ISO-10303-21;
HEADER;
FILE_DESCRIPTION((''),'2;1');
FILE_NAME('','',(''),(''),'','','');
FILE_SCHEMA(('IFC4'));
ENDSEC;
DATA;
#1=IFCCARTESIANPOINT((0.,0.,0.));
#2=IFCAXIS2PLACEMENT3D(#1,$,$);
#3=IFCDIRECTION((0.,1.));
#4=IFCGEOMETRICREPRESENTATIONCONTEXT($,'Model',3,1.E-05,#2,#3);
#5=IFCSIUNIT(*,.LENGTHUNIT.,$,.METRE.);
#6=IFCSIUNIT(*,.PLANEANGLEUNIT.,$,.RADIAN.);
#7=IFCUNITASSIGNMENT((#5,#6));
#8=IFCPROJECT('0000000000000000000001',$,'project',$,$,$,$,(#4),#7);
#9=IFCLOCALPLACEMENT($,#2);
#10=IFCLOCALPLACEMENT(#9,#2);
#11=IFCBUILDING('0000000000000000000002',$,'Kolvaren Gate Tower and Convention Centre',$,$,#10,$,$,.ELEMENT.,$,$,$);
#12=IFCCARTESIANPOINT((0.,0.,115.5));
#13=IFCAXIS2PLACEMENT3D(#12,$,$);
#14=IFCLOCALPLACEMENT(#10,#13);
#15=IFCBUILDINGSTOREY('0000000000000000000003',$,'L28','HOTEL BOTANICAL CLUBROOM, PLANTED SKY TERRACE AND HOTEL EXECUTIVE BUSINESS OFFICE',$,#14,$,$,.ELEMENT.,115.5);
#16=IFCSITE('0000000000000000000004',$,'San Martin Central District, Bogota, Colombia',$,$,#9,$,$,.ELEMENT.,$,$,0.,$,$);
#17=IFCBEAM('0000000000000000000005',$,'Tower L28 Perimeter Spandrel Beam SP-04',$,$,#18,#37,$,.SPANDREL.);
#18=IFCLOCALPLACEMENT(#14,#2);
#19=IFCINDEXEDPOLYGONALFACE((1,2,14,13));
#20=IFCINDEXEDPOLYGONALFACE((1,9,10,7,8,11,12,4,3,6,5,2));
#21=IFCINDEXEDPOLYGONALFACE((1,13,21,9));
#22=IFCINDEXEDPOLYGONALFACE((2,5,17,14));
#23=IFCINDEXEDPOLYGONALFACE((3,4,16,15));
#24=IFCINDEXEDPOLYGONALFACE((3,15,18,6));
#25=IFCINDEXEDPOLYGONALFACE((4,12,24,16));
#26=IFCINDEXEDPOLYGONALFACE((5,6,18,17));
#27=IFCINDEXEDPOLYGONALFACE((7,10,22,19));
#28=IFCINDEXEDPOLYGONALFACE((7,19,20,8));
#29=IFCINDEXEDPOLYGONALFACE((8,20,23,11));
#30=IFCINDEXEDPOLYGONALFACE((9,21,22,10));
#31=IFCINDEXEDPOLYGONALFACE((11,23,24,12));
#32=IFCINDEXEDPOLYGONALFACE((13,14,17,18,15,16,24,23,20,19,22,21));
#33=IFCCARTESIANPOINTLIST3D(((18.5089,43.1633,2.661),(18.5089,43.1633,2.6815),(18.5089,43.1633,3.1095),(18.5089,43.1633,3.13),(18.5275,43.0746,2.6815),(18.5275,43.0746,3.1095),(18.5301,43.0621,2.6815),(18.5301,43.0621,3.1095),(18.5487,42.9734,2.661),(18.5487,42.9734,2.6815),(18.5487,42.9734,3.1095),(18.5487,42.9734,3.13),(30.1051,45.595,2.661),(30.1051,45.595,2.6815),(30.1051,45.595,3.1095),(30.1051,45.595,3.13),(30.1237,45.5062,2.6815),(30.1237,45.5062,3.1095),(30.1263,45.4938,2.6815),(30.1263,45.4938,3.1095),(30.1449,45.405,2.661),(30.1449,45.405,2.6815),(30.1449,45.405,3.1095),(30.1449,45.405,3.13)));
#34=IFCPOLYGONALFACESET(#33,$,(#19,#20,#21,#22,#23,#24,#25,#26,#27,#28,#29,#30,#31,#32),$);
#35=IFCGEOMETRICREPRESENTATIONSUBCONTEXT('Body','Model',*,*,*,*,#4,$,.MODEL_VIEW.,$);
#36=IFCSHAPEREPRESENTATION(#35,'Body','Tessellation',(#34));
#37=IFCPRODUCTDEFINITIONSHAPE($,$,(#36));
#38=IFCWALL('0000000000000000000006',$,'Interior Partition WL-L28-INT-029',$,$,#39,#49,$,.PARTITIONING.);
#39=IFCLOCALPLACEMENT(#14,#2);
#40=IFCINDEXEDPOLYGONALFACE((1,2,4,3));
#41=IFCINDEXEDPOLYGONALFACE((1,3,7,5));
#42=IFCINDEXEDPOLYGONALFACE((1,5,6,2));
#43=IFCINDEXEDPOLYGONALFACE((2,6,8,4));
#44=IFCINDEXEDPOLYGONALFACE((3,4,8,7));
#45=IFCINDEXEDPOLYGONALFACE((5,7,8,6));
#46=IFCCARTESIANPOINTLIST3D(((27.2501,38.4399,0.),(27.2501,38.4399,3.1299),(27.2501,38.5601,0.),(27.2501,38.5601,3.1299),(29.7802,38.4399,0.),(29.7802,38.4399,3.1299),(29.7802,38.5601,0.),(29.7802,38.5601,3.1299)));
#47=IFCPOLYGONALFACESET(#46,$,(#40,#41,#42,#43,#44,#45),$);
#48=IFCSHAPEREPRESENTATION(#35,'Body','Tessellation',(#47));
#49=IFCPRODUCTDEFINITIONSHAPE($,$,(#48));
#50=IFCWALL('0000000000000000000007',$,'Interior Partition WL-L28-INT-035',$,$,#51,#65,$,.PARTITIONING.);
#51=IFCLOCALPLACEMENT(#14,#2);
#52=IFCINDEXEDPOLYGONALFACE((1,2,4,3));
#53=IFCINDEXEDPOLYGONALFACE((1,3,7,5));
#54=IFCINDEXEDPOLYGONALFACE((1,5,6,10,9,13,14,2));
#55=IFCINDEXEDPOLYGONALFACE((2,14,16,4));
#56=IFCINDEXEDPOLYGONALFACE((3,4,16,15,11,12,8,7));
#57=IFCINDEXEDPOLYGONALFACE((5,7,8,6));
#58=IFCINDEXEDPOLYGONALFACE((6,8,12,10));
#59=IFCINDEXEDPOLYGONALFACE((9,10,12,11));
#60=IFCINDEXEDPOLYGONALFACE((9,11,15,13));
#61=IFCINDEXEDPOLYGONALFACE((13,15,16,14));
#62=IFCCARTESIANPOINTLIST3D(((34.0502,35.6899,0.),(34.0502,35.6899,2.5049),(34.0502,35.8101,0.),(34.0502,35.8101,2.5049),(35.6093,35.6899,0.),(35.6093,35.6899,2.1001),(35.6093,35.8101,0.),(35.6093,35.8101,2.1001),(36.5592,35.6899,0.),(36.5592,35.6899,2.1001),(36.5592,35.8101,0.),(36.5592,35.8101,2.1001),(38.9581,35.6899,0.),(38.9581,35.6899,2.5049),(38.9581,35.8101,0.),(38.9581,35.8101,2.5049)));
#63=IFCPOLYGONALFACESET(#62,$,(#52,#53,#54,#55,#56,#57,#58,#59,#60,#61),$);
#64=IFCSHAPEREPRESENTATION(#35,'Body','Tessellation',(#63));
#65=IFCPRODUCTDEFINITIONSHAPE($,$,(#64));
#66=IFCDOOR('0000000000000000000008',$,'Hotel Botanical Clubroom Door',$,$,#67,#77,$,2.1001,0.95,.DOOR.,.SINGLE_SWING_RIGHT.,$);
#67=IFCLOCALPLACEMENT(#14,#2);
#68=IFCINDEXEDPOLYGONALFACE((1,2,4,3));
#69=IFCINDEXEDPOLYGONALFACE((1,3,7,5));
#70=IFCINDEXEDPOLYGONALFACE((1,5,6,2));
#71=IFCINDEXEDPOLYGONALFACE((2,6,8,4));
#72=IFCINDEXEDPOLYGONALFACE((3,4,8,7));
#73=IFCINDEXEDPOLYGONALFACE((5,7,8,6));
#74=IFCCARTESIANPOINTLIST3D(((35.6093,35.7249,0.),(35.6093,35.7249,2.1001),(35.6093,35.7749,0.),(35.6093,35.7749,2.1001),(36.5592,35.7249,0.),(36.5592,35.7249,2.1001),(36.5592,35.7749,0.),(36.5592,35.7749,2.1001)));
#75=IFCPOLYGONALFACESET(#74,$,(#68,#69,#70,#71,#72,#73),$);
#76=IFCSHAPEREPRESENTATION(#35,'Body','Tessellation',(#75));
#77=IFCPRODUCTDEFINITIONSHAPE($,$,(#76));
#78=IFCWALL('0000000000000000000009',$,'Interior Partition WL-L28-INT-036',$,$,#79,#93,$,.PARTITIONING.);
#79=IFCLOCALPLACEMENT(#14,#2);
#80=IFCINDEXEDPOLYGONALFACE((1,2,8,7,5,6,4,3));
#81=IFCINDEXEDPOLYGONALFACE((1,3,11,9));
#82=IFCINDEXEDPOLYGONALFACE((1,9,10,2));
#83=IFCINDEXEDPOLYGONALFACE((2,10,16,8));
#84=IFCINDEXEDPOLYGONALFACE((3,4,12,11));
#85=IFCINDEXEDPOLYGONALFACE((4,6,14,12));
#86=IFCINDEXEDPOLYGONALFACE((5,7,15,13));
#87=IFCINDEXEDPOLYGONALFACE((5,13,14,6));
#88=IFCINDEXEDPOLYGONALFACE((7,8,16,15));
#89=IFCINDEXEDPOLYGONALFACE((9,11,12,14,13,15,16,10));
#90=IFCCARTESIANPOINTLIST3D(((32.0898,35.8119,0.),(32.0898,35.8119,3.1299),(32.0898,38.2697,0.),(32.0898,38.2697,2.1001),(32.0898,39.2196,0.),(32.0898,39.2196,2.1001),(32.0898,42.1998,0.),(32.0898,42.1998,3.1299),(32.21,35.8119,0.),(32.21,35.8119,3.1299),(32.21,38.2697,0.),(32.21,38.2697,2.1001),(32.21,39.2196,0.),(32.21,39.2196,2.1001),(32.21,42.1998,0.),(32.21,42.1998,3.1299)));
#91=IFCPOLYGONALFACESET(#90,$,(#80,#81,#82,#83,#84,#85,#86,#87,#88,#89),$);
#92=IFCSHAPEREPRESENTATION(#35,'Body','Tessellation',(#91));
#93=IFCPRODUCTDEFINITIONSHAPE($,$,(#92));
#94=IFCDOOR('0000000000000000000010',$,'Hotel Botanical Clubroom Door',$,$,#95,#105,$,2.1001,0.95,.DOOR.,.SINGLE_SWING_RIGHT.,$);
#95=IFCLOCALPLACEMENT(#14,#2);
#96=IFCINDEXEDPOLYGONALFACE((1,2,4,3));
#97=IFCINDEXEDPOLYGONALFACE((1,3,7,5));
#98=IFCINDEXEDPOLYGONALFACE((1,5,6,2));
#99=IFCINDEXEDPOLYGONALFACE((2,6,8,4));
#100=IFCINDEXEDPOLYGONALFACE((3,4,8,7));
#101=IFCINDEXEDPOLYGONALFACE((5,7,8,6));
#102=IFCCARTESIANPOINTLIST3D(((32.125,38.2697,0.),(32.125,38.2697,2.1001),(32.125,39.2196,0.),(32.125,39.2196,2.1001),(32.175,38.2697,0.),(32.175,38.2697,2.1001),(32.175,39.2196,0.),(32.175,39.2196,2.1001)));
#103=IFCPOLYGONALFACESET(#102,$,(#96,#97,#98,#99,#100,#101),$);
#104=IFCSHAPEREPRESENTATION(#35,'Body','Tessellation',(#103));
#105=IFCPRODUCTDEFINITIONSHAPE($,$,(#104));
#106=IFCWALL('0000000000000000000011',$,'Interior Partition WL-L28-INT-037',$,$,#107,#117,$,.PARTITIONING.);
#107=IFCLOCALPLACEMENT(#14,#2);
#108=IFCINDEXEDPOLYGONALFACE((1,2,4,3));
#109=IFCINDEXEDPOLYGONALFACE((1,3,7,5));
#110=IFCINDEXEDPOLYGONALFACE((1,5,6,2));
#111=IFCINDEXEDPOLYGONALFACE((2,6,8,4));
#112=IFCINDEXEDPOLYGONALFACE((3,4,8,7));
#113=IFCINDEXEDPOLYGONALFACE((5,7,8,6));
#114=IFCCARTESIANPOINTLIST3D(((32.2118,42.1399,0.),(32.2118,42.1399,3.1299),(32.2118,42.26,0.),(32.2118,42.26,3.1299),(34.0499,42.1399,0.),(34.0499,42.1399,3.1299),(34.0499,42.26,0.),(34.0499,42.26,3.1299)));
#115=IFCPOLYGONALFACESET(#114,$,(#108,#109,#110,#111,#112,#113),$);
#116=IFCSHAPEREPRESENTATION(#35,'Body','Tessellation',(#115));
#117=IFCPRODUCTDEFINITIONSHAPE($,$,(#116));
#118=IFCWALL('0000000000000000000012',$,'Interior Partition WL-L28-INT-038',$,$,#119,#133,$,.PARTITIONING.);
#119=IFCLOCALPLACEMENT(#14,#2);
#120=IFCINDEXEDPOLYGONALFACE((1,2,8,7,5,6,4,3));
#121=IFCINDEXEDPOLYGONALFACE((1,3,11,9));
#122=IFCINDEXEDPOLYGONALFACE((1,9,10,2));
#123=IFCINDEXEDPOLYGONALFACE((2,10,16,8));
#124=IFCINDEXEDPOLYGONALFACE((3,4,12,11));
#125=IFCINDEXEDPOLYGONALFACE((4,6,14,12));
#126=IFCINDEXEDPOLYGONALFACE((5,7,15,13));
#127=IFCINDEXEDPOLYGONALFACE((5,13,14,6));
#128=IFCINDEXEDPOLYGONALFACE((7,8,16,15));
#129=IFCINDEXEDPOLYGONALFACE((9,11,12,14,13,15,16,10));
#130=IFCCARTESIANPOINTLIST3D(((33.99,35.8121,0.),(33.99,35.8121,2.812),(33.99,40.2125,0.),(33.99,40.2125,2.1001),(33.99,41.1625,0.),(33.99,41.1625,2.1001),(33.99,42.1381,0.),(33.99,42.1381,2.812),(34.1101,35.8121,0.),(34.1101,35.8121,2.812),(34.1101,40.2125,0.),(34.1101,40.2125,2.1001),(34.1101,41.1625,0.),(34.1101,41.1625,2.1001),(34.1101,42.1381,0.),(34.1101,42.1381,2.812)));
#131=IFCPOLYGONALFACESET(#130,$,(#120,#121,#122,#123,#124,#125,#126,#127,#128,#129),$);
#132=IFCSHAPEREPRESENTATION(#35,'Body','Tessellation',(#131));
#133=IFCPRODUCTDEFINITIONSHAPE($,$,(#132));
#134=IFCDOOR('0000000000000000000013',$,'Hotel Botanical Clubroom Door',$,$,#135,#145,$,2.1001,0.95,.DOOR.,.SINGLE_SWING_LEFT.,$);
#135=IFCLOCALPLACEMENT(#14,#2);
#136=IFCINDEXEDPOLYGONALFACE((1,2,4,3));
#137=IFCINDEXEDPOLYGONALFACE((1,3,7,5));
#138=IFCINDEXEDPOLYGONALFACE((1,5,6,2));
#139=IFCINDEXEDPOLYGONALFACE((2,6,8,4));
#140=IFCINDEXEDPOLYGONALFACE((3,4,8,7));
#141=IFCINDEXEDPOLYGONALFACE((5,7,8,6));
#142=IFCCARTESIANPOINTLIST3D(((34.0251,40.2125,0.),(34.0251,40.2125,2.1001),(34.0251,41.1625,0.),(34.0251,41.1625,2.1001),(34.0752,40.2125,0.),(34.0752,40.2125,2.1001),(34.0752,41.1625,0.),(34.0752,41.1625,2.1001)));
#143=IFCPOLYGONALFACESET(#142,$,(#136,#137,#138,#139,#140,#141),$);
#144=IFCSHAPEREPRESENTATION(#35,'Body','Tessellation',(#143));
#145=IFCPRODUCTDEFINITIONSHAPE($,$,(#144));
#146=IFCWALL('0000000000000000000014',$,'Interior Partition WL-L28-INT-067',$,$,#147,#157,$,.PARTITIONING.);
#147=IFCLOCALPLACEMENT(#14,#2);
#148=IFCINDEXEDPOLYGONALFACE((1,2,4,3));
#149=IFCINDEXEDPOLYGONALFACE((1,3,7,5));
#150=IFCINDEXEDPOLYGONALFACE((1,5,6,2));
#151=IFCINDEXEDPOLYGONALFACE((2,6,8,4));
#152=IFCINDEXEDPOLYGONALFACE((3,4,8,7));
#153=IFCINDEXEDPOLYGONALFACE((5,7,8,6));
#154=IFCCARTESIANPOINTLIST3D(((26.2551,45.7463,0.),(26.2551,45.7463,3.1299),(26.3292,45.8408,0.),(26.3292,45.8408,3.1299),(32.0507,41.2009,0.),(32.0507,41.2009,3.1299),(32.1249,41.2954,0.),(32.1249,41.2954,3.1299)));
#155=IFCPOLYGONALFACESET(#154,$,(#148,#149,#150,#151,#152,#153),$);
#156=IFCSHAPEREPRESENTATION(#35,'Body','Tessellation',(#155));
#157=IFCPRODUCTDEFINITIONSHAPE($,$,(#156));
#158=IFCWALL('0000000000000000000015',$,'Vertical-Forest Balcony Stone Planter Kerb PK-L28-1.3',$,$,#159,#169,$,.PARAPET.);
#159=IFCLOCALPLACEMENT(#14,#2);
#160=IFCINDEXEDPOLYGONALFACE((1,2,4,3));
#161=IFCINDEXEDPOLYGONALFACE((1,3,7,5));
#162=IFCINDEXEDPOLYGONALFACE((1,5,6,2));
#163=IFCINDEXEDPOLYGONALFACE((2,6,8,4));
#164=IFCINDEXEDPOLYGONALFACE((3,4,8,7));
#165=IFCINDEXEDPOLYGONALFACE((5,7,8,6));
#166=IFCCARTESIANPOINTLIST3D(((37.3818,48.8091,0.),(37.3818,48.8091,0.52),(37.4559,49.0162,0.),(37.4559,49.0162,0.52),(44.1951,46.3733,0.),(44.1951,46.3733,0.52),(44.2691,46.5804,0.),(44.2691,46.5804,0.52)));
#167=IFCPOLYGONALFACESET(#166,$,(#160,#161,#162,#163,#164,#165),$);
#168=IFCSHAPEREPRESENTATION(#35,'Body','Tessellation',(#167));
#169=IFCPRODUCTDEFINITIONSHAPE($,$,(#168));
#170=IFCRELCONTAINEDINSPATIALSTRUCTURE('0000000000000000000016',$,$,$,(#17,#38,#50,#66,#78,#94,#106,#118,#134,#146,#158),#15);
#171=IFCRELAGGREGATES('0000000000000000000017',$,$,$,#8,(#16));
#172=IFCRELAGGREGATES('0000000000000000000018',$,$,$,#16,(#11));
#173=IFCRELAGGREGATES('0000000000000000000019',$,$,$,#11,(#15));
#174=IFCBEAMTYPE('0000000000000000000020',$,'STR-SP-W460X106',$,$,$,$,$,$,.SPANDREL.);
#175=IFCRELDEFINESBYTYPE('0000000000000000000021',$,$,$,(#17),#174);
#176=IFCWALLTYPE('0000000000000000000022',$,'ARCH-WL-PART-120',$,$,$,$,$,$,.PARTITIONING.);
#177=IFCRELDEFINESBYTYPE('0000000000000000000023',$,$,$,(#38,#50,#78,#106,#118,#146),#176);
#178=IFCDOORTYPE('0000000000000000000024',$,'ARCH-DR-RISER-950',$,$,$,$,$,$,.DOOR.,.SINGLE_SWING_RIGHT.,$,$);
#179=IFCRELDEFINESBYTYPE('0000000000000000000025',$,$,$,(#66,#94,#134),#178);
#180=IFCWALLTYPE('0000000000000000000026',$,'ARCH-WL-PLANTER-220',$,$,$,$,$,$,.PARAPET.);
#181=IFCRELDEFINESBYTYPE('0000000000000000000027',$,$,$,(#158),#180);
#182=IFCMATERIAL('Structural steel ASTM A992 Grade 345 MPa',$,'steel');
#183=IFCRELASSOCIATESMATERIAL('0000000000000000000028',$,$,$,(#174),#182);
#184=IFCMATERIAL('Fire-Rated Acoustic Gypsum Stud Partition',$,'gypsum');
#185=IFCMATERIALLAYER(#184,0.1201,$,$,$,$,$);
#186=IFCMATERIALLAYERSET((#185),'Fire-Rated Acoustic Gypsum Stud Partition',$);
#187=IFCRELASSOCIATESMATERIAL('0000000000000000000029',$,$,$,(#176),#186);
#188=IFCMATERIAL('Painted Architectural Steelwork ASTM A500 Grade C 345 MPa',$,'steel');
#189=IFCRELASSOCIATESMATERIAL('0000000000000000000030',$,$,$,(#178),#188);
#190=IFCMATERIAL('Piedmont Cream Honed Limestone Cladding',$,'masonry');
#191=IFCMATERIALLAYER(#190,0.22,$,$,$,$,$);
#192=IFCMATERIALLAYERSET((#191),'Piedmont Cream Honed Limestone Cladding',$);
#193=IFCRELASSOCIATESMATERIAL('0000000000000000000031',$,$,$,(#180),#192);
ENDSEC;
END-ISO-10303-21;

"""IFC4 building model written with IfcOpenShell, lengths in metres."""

from ifc_helpers import new_model, si_unit, direction, frame, frame_2d, origin, origin_2d, place, context, subcontext, project, spatial, rectangle, i_section, extrude, material, layer, layer_set, material_profile, profile_set, type_object, element, fill, save


model = new_model("IFC4")

# Units and contexts
model_context = context("Model", 3, precision=1e-05, world=origin(), true_north=direction((0.0, 1.0)))
body_context = subcontext(model_context, "Body", "Model", "MODEL_VIEW")
ifc_project = project(units=[si_unit("LENGTHUNIT", "METRE"), si_unit("PLANEANGLEUNIT", "RADIAN")], contexts=[model_context])

# Site, building, storey
site_placement = place(None, origin())
site = spatial("IfcSite", under=ifc_project, at=site_placement, Name="San Martin Central District, Bogota, Colombia", CompositionType="ELEMENT", RefElevation=0.0)
building_placement = place(site_placement, origin())
building = spatial("IfcBuilding", under=site, at=building_placement, Name="Kolvaren Gate Tower and Convention Centre", CompositionType="ELEMENT")
storey_placement = place(building_placement, frame((0.0, 0.0, 115.5)))
storey = spatial("IfcBuildingStorey", under=building, at=storey_placement, Name="L28", Description="HOTEL BOTANICAL CLUBROOM, PLANTED SKY TERRACE AND HOTEL EXECUTIVE BUSINESS OFFICE", CompositionType="ELEMENT", Elevation=115.5)

# Beam
ifc_material_1 = material(Name="Structural steel ASTM A992 Grade 345 MPa", Category="steel")
ifc_material_profile_1 = material_profile(ifc_material_1, i_section(OverallWidth=0.1941, OverallDepth=0.469, WebThickness=0.0127, FlangeThickness=0.0205, at=origin_2d()), Name="W460X106")
ifc_profile_set_1 = profile_set([ifc_material_profile_1], Name="Structural steel ASTM A992 Grade 345 MPa")
beam_type_1 = type_object("IfcBeamType", Name="STR-SP-W460X106", PredefinedType="SPANDREL", material=ifc_profile_set_1)
beam_1_placement = place(storey_placement, frame((30.125, 45.5, 2.8955), z_axis=(-0.978714, -0.205229, 0.0), x_axis=(0.205229, -0.978714, 0.0)))
element("IfcBeam", 1, at=beam_1_placement, inside=storey, type_object=beam_type_1, Name="Tower L28 Perimeter Spandrel Beam SP-04", PredefinedType="SPANDREL", context=body_context, shape_type="SweptSolid", body=[
    extrude(i_section(OverallWidth=0.1941, OverallDepth=0.469, WebThickness=0.0127, FlangeThickness=0.0205, at=origin_2d()), origin(), (0.0, 0.0, 1.0), 11.8484),
])

# Wall
ifc_material_2 = material(Name="Fire-Rated Acoustic Gypsum Stud Partition", Category="gypsum")
ifc_layer_1 = layer(ifc_material_2, 0.1201)
ifc_layer_set_1 = layer_set([ifc_layer_1], Name="Fire-Rated Acoustic Gypsum Stud Partition")
wall_type_1 = type_object("IfcWallType", Name="ARCH-WL-PART-120", PredefinedType="PARTITIONING", material=ifc_layer_set_1)
wall_1_placement = place(storey_placement, frame((27.25, 38.5, 0.0), z_axis=(0.0, 0.0, 1.0), x_axis=(1.0, 0.0, 0.0)))
element("IfcWall", 2, at=wall_1_placement, inside=storey, type_object=wall_type_1, Name="Interior Partition WL-L28-INT-029", PredefinedType="PARTITIONING", context=body_context, shape_type="SweptSolid", body=[
    extrude(rectangle(XDim=2.53, YDim=0.1201, at=frame_2d((1.2651, 0.0))), origin(), (0.0, 0.0, 1.0), 3.1299),
])

# Walls, openings, doors
wall_2_placement = place(storey_placement, frame((34.05, 35.75, 0.0), z_axis=(0.0, 0.0, 1.0), x_axis=(1.0, 0.0, 0.0)))
wall_2 = element("IfcWall", 3, at=wall_2_placement, inside=storey, type_object=wall_type_1, Name="Interior Partition WL-L28-INT-035", PredefinedType="PARTITIONING", context=body_context, shape_type="SweptSolid", body=[
    extrude(rectangle(XDim=4.908, YDim=0.1201, at=frame_2d((2.4541, 0.0))), origin(), (0.0, 0.0, 1.0), 2.5049),
])
opening_1_placement = place(wall_2_placement, frame((1.5591, 0.0, 0.0)))
opening_1 = element("IfcOpeningElement", 4, at=opening_1_placement, cuts=wall_2, PredefinedType="OPENING", context=body_context, shape_type="SweptSolid", body=[
    extrude(rectangle(XDim=0.95, YDim=2.1001, at=frame_2d((0.4751, 1.05))), frame((0.0, 0.0701, 0.0), z_axis=(0.0, -1.0, 0.0), x_axis=(1.0, 0.0, 0.0)), (0.0, 0.0, 1.0), 0.1401),
])
ifc_material_3 = material(Name="Painted Architectural Steelwork ASTM A500 Grade C 345 MPa", Category="steel")
door_type = type_object("IfcDoorType", Name="ARCH-DR-RISER-950", OperationType="SINGLE_SWING_RIGHT", PredefinedType="DOOR", material=ifc_material_3)
door_1_placement = place(opening_1_placement, origin())
door_1 = element("IfcDoor", 5, at=door_1_placement, inside=storey, type_object=door_type, Name="Hotel Botanical Clubroom Door", OperationType="SINGLE_SWING_RIGHT", OverallHeight=2.1001, OverallWidth=0.95, PredefinedType="DOOR", context=body_context, shape_type="SweptSolid", body=[
    extrude(rectangle(XDim=0.95, YDim=2.1001, at=frame_2d((0.4751, 1.05))), frame((0.0, 0.0249, 0.0), z_axis=(0.0, -1.0, 0.0), x_axis=(1.0, 0.0, 0.0)), (0.0, 0.0, 1.0), 0.05),
])
fill(opening_1, door_1)
wall_3_placement = place(storey_placement, frame((32.1499, 35.812, 0.0), z_axis=(0.0, 0.0, 1.0), x_axis=(0.0, 1.0, 0.0)))
wall_3 = element("IfcWall", 6, at=wall_3_placement, inside=storey, type_object=wall_type_1, Name="Interior Partition WL-L28-INT-036", PredefinedType="PARTITIONING", context=body_context, shape_type="SweptSolid", body=[
    extrude(rectangle(XDim=6.3879, YDim=0.1201, at=frame_2d((3.1938, 0.0))), origin(), (0.0, 0.0, 1.0), 3.1299),
])
opening_2_placement = place(wall_3_placement, frame((2.4575, 0.0, 0.0)))
opening_2 = element("IfcOpeningElement", 7, at=opening_2_placement, cuts=wall_3, PredefinedType="OPENING", context=body_context, shape_type="SweptSolid", body=[
    extrude(rectangle(XDim=0.95, YDim=2.1001, at=frame_2d((0.4751, 1.05))), frame((0.0, 0.0701, 0.0), z_axis=(0.0, -1.0, 0.0), x_axis=(1.0, 0.0, 0.0)), (0.0, 0.0, 1.0), 0.1401),
])
door_2_placement = place(opening_2_placement, origin())
door_2 = element("IfcDoor", 8, at=door_2_placement, inside=storey, type_object=door_type, Name="Hotel Botanical Clubroom Door", OperationType="SINGLE_SWING_RIGHT", OverallHeight=2.1001, OverallWidth=0.95, PredefinedType="DOOR", context=body_context, shape_type="SweptSolid", body=[
    extrude(rectangle(XDim=0.95, YDim=2.1001, at=frame_2d((0.4751, 1.05))), frame((0.0, 0.0249, 0.0), z_axis=(0.0, -1.0, 0.0), x_axis=(1.0, 0.0, 0.0)), (0.0, 0.0, 1.0), 0.05),
])
fill(opening_2, door_2)

# Wall
wall_4_placement = place(storey_placement, frame((32.2119, 42.2, 0.0), z_axis=(0.0, 0.0, 1.0), x_axis=(1.0, 0.0, 0.0)))
element("IfcWall", 9, at=wall_4_placement, inside=storey, type_object=wall_type_1, Name="Interior Partition WL-L28-INT-037", PredefinedType="PARTITIONING", context=body_context, shape_type="SweptSolid", body=[
    extrude(rectangle(XDim=1.8381, YDim=0.1201, at=frame_2d((0.9189, 0.0))), origin(), (0.0, 0.0, 1.0), 3.1299),
])

# Wall, opening, door
wall_5_placement = place(storey_placement, frame((34.05, 35.812, 0.0), z_axis=(0.0, 0.0, 1.0), x_axis=(0.0, 1.0, 0.0)))
wall_5 = element("IfcWall", 10, at=wall_5_placement, inside=storey, type_object=wall_type_1, Name="Interior Partition WL-L28-INT-038", PredefinedType="PARTITIONING", context=body_context, shape_type="SweptSolid", body=[
    extrude(rectangle(XDim=6.3259, YDim=0.1201, at=frame_2d((3.1631, 0.0))), origin(), (0.0, 0.0, 1.0), 2.812),
])
opening_3_placement = place(wall_5_placement, frame((4.4004, 0.0, 0.0)))
opening_3 = element("IfcOpeningElement", 11, at=opening_3_placement, cuts=wall_5, PredefinedType="OPENING", context=body_context, shape_type="SweptSolid", body=[
    extrude(rectangle(XDim=0.95, YDim=2.1001, at=frame_2d((0.4751, 1.05))), frame((0.0, 0.0701, 0.0), z_axis=(0.0, -1.0, 0.0), x_axis=(1.0, 0.0, 0.0)), (0.0, 0.0, 1.0), 0.1401),
])
door_3_placement = place(opening_3_placement, origin())
door_3 = element("IfcDoor", 12, at=door_3_placement, inside=storey, type_object=door_type, Name="Hotel Botanical Clubroom Door", OperationType="SINGLE_SWING_LEFT", OverallHeight=2.1001, OverallWidth=0.95, PredefinedType="DOOR", context=body_context, shape_type="SweptSolid", body=[
    extrude(rectangle(XDim=0.95, YDim=2.1001, at=frame_2d((0.4751, 1.05))), frame((0.0, 0.0249, 0.0), z_axis=(0.0, -1.0, 0.0), x_axis=(1.0, 0.0, 0.0)), (0.0, 0.0, 1.0), 0.05),
])
fill(opening_3, door_3)

# Walls
wall_6_placement = place(storey_placement, frame((26.2922, 45.7935, 0.0), z_axis=(0.0, 0.0, 1.0), x_axis=(0.786867, -0.617123, 0.0)))
element("IfcWall", 13, at=wall_6_placement, inside=storey, type_object=wall_type_1, Name="Interior Partition WL-L28-INT-067", PredefinedType="PARTITIONING", context=body_context, shape_type="SweptSolid", body=[
    extrude(rectangle(XDim=7.3655, YDim=0.1201, at=frame_2d((3.6826, 0.0))), origin(), (0.0, 0.0, 1.0), 3.1299),
])
ifc_material_4 = material(Name="Piedmont Cream Honed Limestone Cladding", Category="masonry")
ifc_layer_2 = layer(ifc_material_4, 0.22)
ifc_layer_set_2 = layer_set([ifc_layer_2], Name="Piedmont Cream Honed Limestone Cladding")
wall_type_2 = type_object("IfcWallType", Name="ARCH-WL-PLANTER-220", PredefinedType="PARAPET", material=ifc_layer_set_2)
wall_7_placement = place(storey_placement, frame((37.4189, 48.9126, 0.0), z_axis=(0.0, 0.0, 1.0), x_axis=(0.941633, -0.336642, 0.0)))
element("IfcWall", 14, at=wall_7_placement, inside=storey, type_object=wall_type_2, Name="Vertical-Forest Balcony Stone Planter Kerb PK-L28-1.3", PredefinedType="PARAPET", context=body_context, shape_type="SweptSolid", body=[
    extrude(rectangle(XDim=7.2356, YDim=0.22, at=frame_2d((3.6177, 0.0))), origin(), (0.0, 0.0, 1.0), 0.52),
])

save(model, "model.ifc")
